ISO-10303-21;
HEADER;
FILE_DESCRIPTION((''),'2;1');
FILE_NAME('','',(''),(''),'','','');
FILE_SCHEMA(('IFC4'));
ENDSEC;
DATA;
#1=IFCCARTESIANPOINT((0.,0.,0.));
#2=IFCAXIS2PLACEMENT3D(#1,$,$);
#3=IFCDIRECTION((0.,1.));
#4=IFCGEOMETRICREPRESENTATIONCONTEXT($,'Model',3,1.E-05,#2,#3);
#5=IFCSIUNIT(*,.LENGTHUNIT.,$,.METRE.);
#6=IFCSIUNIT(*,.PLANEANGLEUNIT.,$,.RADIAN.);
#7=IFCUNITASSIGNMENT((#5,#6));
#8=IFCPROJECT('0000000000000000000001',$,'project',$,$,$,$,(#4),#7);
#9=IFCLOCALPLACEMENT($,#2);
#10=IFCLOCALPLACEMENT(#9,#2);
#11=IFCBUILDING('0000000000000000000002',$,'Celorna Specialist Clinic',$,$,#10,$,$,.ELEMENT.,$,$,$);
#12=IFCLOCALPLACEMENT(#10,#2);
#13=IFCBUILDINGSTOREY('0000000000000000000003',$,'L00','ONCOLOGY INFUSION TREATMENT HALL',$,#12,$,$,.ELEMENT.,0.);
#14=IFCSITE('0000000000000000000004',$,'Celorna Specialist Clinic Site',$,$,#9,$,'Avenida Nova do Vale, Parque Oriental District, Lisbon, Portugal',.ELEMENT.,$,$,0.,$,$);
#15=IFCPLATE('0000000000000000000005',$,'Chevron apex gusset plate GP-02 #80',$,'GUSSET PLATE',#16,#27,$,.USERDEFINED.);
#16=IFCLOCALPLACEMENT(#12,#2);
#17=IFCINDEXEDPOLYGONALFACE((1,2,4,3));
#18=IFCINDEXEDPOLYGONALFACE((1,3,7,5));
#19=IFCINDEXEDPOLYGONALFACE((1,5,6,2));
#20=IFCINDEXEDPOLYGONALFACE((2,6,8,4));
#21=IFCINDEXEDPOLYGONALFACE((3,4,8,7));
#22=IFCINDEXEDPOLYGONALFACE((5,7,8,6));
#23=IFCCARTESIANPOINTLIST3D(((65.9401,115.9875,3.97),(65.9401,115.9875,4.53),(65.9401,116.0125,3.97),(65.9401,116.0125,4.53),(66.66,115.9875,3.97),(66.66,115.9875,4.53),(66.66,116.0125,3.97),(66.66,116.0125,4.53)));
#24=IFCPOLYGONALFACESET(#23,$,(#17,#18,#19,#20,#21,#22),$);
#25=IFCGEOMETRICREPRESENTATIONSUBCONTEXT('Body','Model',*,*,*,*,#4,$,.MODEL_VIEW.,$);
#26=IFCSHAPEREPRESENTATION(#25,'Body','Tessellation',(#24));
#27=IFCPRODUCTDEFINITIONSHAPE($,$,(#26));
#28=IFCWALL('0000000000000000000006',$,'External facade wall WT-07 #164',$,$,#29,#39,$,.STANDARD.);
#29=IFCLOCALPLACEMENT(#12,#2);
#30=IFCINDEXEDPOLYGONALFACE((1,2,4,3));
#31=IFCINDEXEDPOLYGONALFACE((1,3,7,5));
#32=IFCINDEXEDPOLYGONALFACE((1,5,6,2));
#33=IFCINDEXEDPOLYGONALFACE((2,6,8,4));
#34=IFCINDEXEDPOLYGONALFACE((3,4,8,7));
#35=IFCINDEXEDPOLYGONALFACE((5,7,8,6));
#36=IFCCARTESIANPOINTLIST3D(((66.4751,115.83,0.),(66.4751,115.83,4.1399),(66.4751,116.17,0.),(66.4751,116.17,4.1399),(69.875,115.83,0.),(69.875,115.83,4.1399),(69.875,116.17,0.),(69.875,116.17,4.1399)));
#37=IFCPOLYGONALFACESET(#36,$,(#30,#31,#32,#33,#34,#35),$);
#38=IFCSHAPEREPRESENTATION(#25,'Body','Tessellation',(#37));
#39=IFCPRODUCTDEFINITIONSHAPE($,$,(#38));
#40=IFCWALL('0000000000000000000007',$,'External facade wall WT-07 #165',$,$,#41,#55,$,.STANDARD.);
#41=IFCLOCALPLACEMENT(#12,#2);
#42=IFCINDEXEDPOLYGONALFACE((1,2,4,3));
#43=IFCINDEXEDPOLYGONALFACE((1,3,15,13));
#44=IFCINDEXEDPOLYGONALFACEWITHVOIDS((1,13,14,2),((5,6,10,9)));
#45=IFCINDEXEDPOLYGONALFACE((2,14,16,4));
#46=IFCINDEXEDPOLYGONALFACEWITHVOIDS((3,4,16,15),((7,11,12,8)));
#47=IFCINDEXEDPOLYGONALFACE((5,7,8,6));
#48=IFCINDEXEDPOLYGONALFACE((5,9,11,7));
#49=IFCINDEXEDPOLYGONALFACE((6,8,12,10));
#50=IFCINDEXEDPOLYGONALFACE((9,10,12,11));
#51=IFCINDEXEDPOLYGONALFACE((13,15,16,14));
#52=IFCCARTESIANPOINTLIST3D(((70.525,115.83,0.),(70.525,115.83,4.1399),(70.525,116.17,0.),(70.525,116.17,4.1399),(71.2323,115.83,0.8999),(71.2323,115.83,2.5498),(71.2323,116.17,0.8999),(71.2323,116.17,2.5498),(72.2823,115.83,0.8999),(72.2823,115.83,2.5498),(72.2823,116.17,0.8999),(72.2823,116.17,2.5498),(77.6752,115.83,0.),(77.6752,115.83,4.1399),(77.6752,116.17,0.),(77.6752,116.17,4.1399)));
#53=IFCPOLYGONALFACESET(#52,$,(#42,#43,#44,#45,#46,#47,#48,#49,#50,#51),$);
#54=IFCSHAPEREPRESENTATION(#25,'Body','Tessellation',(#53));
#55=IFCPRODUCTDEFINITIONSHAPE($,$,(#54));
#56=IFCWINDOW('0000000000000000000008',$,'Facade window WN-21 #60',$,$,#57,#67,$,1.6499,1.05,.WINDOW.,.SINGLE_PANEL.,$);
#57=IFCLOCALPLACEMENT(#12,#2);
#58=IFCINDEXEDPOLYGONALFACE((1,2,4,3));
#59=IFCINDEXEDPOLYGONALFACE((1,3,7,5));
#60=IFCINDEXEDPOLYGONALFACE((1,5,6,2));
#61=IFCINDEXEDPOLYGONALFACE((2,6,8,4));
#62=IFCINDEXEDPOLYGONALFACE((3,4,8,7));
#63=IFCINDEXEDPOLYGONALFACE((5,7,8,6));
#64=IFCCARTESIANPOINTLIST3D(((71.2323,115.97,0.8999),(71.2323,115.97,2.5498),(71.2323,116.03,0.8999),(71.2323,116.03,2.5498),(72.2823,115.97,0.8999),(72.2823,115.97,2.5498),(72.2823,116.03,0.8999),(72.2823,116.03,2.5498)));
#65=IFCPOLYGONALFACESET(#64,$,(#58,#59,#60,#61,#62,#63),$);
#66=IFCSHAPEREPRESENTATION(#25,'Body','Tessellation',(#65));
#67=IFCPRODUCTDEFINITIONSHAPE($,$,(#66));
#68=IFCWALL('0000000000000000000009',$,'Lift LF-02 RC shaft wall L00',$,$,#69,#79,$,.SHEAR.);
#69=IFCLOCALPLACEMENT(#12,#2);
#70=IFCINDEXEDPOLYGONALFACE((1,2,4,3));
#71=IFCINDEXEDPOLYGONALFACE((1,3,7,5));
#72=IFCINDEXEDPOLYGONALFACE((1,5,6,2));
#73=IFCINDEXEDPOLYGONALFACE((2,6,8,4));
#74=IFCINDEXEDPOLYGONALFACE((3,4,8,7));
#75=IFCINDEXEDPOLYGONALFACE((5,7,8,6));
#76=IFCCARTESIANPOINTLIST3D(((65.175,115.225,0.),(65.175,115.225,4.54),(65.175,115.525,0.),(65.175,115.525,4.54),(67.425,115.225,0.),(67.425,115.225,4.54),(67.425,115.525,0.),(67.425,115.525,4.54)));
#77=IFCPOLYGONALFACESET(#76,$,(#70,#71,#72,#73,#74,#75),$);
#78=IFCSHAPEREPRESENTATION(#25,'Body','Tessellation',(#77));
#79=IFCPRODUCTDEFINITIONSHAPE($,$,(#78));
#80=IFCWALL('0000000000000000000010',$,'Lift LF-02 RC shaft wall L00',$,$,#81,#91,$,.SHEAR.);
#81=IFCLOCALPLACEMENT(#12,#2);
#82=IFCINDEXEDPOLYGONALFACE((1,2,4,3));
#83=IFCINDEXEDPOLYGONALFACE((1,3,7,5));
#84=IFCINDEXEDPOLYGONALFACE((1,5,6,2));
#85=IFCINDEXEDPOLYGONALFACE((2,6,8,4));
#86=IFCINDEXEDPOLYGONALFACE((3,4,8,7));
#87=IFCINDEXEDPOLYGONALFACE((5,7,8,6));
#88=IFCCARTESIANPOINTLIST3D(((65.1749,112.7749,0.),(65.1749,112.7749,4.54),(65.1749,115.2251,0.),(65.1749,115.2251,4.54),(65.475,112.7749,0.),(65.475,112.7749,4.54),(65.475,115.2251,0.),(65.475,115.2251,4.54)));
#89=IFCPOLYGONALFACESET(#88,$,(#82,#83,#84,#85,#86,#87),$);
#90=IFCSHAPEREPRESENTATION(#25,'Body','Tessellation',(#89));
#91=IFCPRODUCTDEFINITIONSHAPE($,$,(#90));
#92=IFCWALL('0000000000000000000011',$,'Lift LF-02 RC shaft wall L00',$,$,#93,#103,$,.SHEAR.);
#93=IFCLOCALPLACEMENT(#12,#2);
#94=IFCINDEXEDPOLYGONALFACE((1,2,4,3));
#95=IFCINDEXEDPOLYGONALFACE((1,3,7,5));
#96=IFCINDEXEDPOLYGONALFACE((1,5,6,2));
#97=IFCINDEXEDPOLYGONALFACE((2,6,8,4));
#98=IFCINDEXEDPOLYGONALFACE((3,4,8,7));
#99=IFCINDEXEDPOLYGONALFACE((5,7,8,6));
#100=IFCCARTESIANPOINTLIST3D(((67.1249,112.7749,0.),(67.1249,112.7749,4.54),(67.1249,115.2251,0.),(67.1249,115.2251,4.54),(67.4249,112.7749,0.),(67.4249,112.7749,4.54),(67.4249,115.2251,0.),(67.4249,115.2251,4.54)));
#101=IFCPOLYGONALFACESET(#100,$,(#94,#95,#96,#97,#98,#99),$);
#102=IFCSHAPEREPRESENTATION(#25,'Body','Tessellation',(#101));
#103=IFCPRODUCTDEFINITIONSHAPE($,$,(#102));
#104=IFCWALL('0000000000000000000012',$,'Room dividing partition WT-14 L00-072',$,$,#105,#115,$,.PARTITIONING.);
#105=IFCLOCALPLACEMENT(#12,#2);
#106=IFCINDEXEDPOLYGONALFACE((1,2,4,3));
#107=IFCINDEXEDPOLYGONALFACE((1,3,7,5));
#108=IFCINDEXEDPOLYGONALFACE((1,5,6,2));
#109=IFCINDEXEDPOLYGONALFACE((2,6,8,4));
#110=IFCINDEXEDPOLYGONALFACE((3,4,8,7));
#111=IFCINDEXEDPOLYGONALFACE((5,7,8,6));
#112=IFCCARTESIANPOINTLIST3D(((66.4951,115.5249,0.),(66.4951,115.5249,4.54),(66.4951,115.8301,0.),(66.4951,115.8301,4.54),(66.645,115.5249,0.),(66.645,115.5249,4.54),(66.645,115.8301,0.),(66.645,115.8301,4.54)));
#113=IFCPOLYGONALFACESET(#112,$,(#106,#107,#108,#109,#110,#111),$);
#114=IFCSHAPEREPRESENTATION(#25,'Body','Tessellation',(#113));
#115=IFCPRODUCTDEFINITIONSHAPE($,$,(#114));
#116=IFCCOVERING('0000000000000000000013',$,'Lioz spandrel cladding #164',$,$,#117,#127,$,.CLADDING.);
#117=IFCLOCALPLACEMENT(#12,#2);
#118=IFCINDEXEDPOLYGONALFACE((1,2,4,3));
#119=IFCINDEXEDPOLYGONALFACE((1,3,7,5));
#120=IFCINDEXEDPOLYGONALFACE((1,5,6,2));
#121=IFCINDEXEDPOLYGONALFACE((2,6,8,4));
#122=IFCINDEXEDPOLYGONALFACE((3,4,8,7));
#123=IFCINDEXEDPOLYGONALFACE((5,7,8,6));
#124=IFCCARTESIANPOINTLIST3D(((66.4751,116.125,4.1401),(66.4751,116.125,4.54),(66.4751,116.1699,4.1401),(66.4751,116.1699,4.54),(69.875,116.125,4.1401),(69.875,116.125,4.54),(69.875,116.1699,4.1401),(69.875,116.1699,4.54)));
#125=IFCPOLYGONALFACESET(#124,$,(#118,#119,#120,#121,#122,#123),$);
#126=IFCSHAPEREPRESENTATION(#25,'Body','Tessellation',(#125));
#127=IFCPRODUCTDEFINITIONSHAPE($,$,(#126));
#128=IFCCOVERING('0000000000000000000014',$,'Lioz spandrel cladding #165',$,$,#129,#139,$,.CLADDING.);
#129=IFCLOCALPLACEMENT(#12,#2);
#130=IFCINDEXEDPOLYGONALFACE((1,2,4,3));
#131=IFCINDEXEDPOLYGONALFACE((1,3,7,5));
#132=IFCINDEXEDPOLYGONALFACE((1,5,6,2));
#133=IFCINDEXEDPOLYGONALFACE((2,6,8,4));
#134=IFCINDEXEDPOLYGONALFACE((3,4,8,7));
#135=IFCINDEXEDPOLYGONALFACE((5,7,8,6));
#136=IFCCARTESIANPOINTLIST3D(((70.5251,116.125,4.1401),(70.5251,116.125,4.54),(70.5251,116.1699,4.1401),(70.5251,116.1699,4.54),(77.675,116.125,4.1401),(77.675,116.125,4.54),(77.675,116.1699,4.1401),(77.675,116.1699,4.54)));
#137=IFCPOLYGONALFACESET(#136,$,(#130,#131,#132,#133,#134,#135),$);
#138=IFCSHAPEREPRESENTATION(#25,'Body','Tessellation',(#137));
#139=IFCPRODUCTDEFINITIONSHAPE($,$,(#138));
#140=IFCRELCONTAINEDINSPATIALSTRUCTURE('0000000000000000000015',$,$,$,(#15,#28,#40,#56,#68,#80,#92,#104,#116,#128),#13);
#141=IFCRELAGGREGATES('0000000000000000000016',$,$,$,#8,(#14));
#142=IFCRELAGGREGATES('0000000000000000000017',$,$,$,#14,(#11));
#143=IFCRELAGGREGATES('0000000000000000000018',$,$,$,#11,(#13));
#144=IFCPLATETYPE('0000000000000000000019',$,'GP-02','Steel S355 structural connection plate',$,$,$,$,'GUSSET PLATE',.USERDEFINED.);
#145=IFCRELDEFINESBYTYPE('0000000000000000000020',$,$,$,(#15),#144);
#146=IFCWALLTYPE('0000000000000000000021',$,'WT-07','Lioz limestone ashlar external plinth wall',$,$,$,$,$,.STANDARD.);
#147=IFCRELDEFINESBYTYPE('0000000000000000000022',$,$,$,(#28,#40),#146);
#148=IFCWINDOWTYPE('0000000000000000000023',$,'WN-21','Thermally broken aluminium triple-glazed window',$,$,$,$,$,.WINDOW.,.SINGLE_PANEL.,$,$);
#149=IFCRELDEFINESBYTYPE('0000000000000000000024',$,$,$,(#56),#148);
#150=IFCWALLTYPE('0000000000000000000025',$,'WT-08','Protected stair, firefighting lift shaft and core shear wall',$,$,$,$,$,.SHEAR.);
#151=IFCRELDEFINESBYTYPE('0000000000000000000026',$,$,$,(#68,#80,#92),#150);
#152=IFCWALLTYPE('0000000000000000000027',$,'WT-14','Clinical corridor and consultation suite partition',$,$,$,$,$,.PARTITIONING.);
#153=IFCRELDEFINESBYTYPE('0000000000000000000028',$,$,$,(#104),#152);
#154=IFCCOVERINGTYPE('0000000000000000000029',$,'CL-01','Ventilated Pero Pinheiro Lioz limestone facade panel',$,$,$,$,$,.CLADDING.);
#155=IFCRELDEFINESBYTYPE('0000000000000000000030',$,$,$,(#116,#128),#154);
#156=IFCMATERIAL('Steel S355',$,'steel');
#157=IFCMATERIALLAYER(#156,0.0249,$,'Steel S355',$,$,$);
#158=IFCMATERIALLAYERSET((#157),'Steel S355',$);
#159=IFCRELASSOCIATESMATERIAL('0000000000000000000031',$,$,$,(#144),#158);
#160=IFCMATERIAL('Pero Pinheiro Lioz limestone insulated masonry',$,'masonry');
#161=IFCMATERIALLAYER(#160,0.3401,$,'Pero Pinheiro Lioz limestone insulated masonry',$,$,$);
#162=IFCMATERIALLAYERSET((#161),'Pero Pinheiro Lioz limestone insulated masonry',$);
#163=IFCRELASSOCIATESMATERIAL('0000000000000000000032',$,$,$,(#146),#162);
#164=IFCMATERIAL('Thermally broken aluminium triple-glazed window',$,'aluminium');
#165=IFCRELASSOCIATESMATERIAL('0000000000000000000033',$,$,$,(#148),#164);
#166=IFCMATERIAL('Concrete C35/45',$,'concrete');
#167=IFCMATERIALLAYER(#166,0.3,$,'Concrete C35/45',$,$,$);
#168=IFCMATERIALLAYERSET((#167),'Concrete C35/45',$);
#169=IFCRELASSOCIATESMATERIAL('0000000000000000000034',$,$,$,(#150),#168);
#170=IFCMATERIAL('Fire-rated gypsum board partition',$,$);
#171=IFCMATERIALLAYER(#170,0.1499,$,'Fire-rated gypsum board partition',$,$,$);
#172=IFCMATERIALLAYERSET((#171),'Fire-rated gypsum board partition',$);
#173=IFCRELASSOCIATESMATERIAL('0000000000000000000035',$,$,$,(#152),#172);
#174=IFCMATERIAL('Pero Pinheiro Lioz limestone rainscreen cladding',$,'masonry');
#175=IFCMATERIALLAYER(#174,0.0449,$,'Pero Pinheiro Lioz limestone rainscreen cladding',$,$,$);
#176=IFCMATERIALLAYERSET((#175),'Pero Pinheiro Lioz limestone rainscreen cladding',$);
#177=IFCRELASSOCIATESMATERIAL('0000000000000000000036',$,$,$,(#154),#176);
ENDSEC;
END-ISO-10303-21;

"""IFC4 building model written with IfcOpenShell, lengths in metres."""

from ifc_helpers import new_model, si_unit, direction, frame, frame_2d, origin, origin_2d, place, context, subcontext, project, spatial, rectangle, extrude, material, layer, layer_set, type_object, element, fill, save


model = new_model("IFC4")

# Units and contexts
model_context = context("Model", 3, precision=1e-05, world=origin(), true_north=direction((0.0, 1.0)))
body_context = subcontext(model_context, "Body", "Model", "MODEL_VIEW")
ifc_project = project(units=[si_unit("LENGTHUNIT", "METRE"), si_unit("PLANEANGLEUNIT", "RADIAN")], contexts=[model_context])

# Site, building, storey
site_placement = place(None, origin())
site = spatial("IfcSite", under=ifc_project, at=site_placement, Name="Celorna Specialist Clinic Site", LongName="Avenida Nova do Vale, Parque Oriental District, Lisbon, Portugal", CompositionType="ELEMENT", RefElevation=0.0)
building_placement = place(site_placement, origin())
building = spatial("IfcBuilding", under=site, at=building_placement, Name="Celorna Specialist Clinic", CompositionType="ELEMENT")
storey_placement = place(building_placement, origin())
storey = spatial("IfcBuildingStorey", under=building, at=storey_placement, Name="L00", Description="ONCOLOGY INFUSION TREATMENT HALL", CompositionType="ELEMENT", Elevation=0.0)

# Shared definitions
ifc_material_1 = material(Name="Steel S355", Category="steel")

# Plate
ifc_layer_1 = layer(ifc_material_1, 0.0249, Name="Steel S355")
ifc_layer_set_1 = layer_set([ifc_layer_1], Name="Steel S355")
plate_type = type_object("IfcPlateType", Name="GP-02", Description="Steel S355 structural connection plate", ElementType="GUSSET PLATE", PredefinedType="USERDEFINED", material=ifc_layer_set_1)
plate_placement = place(storey_placement, frame((66.3, 116.0, 3.97), z_axis=(0.0, 0.0, 1.0), x_axis=(1.0, 0.0, 0.0)))
element("IfcPlate", 1, at=plate_placement, inside=storey, type_object=plate_type, Name="Chevron apex gusset plate GP-02 #80", ObjectType="GUSSET PLATE", PredefinedType="USERDEFINED", context=body_context, shape_type="SweptSolid", body=[
    extrude(rectangle(XDim=0.72, YDim=0.0249, at=origin_2d()), origin(), (0.0, 0.0, 1.0), 0.5601),
])

# Wall
ifc_material_2 = material(Name="Pero Pinheiro Lioz limestone insulated masonry", Category="masonry")
ifc_layer_2 = layer(ifc_material_2, 0.3401, Name="Pero Pinheiro Lioz limestone insulated masonry")
ifc_layer_set_2 = layer_set([ifc_layer_2], Name="Pero Pinheiro Lioz limestone insulated masonry")
wall_type_1 = type_object("IfcWallType", Name="WT-07", Description="Lioz limestone ashlar external plinth wall", PredefinedType="STANDARD", material=ifc_layer_set_2)
wall_1_placement = place(storey_placement, frame((66.4751, 116.0, 0.0), z_axis=(0.0, 0.0, 1.0), x_axis=(1.0, 0.0, 0.0)))
element("IfcWall", 2, at=wall_1_placement, inside=storey, type_object=wall_type_1, Name="External facade wall WT-07 #164", PredefinedType="STANDARD", context=body_context, shape_type="SweptSolid", body=[
    extrude(rectangle(XDim=3.3999, YDim=0.3401, at=frame_2d((1.7, 0.0))), origin(), (0.0, 0.0, 1.0), 4.1399),
])

# Wall, opening, window
wall_2_placement = place(storey_placement, frame((70.5249, 116.0, 0.0), z_axis=(0.0, 0.0, 1.0), x_axis=(1.0, 0.0, 0.0)))
wall_2 = element("IfcWall", 3, at=wall_2_placement, inside=storey, type_object=wall_type_1, Name="External facade wall WT-07 #165", PredefinedType="STANDARD", context=body_context, shape_type="SweptSolid", body=[
    extrude(rectangle(XDim=7.1501, YDim=0.3401, at=frame_2d((3.5752, 0.0))), origin(), (0.0, 0.0, 1.0), 4.1399),
])
opening_placement = place(wall_2_placement, frame((0.7075, 0.0, 0.8999)))
opening = element("IfcOpeningElement", 4, at=opening_placement, cuts=wall_2, PredefinedType="OPENING", context=body_context, shape_type="SweptSolid", body=[
    extrude(rectangle(XDim=1.05, YDim=1.6499, at=frame_2d((0.5249, 0.825))), frame((0.0, 0.1799, 0.0), z_axis=(0.0, -1.0, 0.0), x_axis=(1.0, 0.0, 0.0)), (0.0, 0.0, 1.0), 0.3601),
])
ifc_material_3 = material(Name="Thermally broken aluminium triple-glazed window", Category="aluminium")
window_type = type_object("IfcWindowType", Name="WN-21", Description="Thermally broken aluminium triple-glazed window", PartitioningType="SINGLE_PANEL", PredefinedType="WINDOW", material=ifc_material_3)
window_placement = place(opening_placement, origin())
window = element("IfcWindow", 5, at=window_placement, inside=storey, type_object=window_type, Name="Facade window WN-21 #60", OverallHeight=1.6499, OverallWidth=1.05, PartitioningType="SINGLE_PANEL", PredefinedType="WINDOW", context=body_context, shape_type="SweptSolid", body=[
    extrude(rectangle(XDim=1.05, YDim=1.6499, at=frame_2d((0.5249, 0.825))), frame((0.0, 0.03, 0.0), z_axis=(0.0, -1.0, 0.0), x_axis=(1.0, 0.0, 0.0)), (0.0, 0.0, 1.0), 0.0601),
])
fill(opening, window)

# Walls
ifc_material_4 = material(Name="Concrete C35/45", Category="concrete")
ifc_layer_3 = layer(ifc_material_4, 0.3, Name="Concrete C35/45")
ifc_layer_set_3 = layer_set([ifc_layer_3], Name="Concrete C35/45")
wall_type_2 = type_object("IfcWallType", Name="WT-08", Description="Protected stair, firefighting lift shaft and core shear wall", PredefinedType="SHEAR", material=ifc_layer_set_3)
wall_3_placement = place(storey_placement, frame((67.425, 115.375, 0.0), z_axis=(0.0, 0.0, 1.0), x_axis=(-1.0, 0.0, 0.0)))
element("IfcWall", 6, at=wall_3_placement, inside=storey, type_object=wall_type_2, Name="Lift LF-02 RC shaft wall L00", PredefinedType="SHEAR", context=body_context, shape_type="SweptSolid", body=[
    extrude(rectangle(XDim=2.25, YDim=0.3, at=frame_2d((1.125, 0.0))), origin(), (0.0, 0.0, 1.0), 4.54),
])
for number, where, z_axis, x_axis, name in (
    (7, (65.325, 115.2251, 0.0), (0.0, 0.0, 1.0), (0.0, -1.0, 0.0), "Lift LF-02 RC shaft wall L00"),
    (8, (67.2749, 112.7749, 0.0), (0.0, 0.0, 1.0), (0.0, 1.0, 0.0), "Lift LF-02 RC shaft wall L00"),
):
    element("IfcWall", number, at=place(storey_placement, frame(where, z_axis=z_axis, x_axis=x_axis)), inside=storey, type_object=wall_type_2, Name=name, PredefinedType="SHEAR", context=body_context, shape_type="SweptSolid", body=[
        extrude(rectangle(XDim=2.4502, YDim=0.3, at=frame_2d((1.2251, 0.0))), origin(), (0.0, 0.0, 1.0), 4.54),
    ])
ifc_material_5 = material(Name="Fire-rated gypsum board partition")
ifc_layer_4 = layer(ifc_material_5, 0.1499, Name="Fire-rated gypsum board partition")
ifc_layer_set_4 = layer_set([ifc_layer_4], Name="Fire-rated gypsum board partition")
wall_type_3 = type_object("IfcWallType", Name="WT-14", Description="Clinical corridor and consultation suite partition", PredefinedType="PARTITIONING", material=ifc_layer_set_4)
wall_4_placement = place(storey_placement, frame((66.5701, 115.5249, 0.0), z_axis=(0.0, 0.0, 1.0), x_axis=(0.0, 1.0, 0.0)))
element("IfcWall", 9, at=wall_4_placement, inside=storey, type_object=wall_type_3, Name="Room dividing partition WT-14 L00-072", PredefinedType="PARTITIONING", context=body_context, shape_type="SweptSolid", body=[
    extrude(rectangle(XDim=0.3052, YDim=0.1499, at=frame_2d((0.1526, 0.0))), origin(), (0.0, 0.0, 1.0), 4.54),
])

# Coverings
ifc_material_6 = material(Name="Pero Pinheiro Lioz limestone rainscreen cladding", Category="masonry")
ifc_layer_5 = layer(ifc_material_6, 0.0449, Name="Pero Pinheiro Lioz limestone rainscreen cladding")
ifc_layer_set_5 = layer_set([ifc_layer_5], Name="Pero Pinheiro Lioz limestone rainscreen cladding")
covering_type = type_object("IfcCoveringType", Name="CL-01", Description="Ventilated Pero Pinheiro Lioz limestone facade panel", PredefinedType="CLADDING", material=ifc_layer_set_5)
covering_1_placement = place(storey_placement, frame((68.175, 116.1475, 4.1401), z_axis=(0.0, 0.0, 1.0), x_axis=(1.0, 0.0, 0.0)))
element("IfcCovering", 10, at=covering_1_placement, inside=storey, type_object=covering_type, Name="Lioz spandrel cladding #164", PredefinedType="CLADDING", context=body_context, shape_type="SweptSolid", body=[
    extrude(rectangle(XDim=3.3999, YDim=0.0449, at=origin_2d()), origin(), (0.0, 0.0, 1.0), 0.3999),
])
covering_2_placement = place(storey_placement, frame((74.1001, 116.1475, 4.1401), z_axis=(0.0, 0.0, 1.0), x_axis=(1.0, 0.0, 0.0)))
element("IfcCovering", 11, at=covering_2_placement, inside=storey, type_object=covering_type, Name="Lioz spandrel cladding #165", PredefinedType="CLADDING", context=body_context, shape_type="SweptSolid", body=[
    extrude(rectangle(XDim=7.1499, YDim=0.0449, at=origin_2d()), origin(), (0.0, 0.0, 1.0), 0.3999),
])

save(model, "model.ifc")
